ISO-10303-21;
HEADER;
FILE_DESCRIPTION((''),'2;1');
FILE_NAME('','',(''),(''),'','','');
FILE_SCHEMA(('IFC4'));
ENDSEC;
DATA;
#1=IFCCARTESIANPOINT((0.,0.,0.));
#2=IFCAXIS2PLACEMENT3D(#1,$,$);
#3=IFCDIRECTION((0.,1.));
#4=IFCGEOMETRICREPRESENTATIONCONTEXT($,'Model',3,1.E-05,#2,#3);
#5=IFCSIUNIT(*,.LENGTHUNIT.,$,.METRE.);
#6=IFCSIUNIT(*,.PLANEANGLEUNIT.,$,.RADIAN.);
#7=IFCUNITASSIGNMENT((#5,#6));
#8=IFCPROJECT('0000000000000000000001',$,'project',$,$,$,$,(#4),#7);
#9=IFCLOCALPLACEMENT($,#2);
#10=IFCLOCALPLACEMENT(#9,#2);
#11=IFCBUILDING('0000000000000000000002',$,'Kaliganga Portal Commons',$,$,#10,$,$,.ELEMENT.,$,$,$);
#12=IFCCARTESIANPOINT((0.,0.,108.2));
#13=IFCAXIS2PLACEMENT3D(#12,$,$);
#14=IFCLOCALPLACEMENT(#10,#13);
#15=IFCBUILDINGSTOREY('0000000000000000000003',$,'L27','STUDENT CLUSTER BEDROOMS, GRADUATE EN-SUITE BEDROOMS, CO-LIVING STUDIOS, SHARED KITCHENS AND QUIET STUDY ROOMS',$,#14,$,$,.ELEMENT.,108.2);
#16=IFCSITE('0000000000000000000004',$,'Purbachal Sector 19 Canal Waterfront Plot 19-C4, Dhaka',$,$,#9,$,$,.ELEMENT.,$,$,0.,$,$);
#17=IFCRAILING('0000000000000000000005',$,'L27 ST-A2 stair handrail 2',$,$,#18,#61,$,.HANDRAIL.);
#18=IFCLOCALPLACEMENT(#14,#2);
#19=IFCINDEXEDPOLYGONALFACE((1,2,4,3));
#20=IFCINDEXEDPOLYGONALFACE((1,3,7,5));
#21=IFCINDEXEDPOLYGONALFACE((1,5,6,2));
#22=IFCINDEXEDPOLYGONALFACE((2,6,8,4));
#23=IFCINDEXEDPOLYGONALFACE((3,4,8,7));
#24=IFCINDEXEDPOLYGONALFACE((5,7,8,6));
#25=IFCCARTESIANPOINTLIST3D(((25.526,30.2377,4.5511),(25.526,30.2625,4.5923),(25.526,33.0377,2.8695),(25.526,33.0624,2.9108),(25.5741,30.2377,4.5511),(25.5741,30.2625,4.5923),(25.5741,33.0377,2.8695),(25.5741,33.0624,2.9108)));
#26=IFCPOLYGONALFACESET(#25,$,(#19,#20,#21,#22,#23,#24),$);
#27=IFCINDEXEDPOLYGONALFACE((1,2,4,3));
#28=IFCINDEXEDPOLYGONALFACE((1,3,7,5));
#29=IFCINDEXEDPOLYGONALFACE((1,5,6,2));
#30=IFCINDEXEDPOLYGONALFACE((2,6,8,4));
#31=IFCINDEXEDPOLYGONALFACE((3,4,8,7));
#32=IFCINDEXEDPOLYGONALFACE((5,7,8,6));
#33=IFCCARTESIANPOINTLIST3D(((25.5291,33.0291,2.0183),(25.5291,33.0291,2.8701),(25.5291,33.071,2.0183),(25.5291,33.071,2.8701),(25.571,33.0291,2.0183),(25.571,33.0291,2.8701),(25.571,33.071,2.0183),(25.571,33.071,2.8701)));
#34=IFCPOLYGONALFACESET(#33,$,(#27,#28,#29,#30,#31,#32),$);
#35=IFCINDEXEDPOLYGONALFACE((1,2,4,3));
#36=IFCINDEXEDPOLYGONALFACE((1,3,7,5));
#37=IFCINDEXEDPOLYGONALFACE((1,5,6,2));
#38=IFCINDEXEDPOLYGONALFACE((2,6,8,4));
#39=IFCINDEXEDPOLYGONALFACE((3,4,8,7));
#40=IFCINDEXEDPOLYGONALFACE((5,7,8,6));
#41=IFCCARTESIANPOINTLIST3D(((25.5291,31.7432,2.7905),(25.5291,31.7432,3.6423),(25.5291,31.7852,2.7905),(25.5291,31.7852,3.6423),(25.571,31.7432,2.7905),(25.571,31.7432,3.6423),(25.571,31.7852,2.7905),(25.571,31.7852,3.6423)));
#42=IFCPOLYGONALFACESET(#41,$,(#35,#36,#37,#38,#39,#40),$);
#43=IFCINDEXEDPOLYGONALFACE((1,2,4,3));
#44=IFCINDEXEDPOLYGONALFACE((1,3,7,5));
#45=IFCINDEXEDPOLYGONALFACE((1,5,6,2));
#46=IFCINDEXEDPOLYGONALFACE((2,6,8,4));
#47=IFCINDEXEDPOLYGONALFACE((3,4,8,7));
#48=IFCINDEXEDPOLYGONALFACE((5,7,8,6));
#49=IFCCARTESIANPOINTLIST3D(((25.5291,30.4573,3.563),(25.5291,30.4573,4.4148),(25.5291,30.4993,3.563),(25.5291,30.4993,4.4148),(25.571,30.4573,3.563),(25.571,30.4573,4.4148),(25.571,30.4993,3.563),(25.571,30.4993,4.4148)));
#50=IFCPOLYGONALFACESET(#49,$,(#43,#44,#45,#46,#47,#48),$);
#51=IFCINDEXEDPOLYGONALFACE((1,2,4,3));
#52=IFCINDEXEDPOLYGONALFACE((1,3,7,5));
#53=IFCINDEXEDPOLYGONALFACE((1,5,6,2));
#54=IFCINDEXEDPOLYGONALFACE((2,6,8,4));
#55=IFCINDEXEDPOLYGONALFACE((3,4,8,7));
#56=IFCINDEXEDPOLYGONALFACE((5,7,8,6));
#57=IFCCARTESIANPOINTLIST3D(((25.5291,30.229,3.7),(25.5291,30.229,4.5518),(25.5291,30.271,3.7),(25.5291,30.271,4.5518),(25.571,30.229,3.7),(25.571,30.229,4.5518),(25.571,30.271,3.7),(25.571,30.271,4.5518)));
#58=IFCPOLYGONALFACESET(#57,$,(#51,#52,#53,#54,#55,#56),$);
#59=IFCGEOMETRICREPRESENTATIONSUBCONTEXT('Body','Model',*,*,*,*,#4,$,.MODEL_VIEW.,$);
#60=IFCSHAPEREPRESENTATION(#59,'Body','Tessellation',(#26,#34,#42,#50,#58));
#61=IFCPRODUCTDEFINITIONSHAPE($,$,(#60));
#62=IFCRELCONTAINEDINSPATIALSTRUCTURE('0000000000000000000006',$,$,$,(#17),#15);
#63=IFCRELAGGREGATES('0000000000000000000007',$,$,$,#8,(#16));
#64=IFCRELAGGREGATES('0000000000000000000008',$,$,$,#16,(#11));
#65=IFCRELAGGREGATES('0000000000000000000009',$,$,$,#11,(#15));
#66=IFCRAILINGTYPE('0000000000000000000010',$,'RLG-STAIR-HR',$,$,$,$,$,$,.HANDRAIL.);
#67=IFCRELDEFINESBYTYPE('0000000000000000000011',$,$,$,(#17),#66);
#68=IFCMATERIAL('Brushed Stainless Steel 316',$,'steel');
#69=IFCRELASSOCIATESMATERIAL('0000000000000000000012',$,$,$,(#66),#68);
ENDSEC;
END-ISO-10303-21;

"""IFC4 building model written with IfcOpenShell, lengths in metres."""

from ifc_helpers import new_model, si_unit, direction, frame, origin, origin_2d, place, context, subcontext, project, spatial, rectangle, extrude, material, type_object, element, save


model = new_model("IFC4")

# Units and contexts
model_context = context("Model", 3, precision=1e-05, world=origin(), true_north=direction((0.0, 1.0)))
body_context = subcontext(model_context, "Body", "Model", "MODEL_VIEW")
ifc_project = project(units=[si_unit("LENGTHUNIT", "METRE"), si_unit("PLANEANGLEUNIT", "RADIAN")], contexts=[model_context])

# Site, building, storey
site_placement = place(None, origin())
site = spatial("IfcSite", under=ifc_project, at=site_placement, Name="Purbachal Sector 19 Canal Waterfront Plot 19-C4, Dhaka", CompositionType="ELEMENT", RefElevation=0.0)
building_placement = place(site_placement, origin())
building = spatial("IfcBuilding", under=site, at=building_placement, Name="Kaliganga Portal Commons", CompositionType="ELEMENT")
storey_placement = place(building_placement, frame((0.0, 0.0, 108.2)))
storey = spatial("IfcBuildingStorey", under=building, at=storey_placement, Name="L27", Description="STUDENT CLUSTER BEDROOMS, GRADUATE EN-SUITE BEDROOMS, CO-LIVING STUDIOS, SHARED KITCHENS AND QUIET STUDY ROOMS", CompositionType="ELEMENT", Elevation=108.2)

# Railing
ifc_material_1 = material(Name="Brushed Stainless Steel 316", Category="steel")
railing_type_1 = type_object("IfcRailingType", Name="RLG-STAIR-HR", PredefinedType="HANDRAIL", material=ifc_material_1)
railing_1_placement = place(storey_placement, frame((25.55, 33.05, 2.0183)))
element("IfcRailing", 1, at=railing_1_placement, inside=storey, type_object=railing_type_1, Name="L27 ST-A2 stair handrail 2", PredefinedType="HANDRAIL", context=body_context, shape_type="SweptSolid", body=[
    extrude(rectangle(XDim=0.0481, YDim=0.0481, at=origin_2d()), frame((0.0, 0.0, 0.8718), z_axis=(0.0, -0.857275, 0.514858), x_axis=(1.0, 0.0, 0.0)), (0.0, 0.0, 1.0), 3.2661),
    extrude(rectangle(XDim=0.042, YDim=0.042, at=origin_2d()), origin(), (0.0, 0.0, 1.0), 0.8518),
    extrude(rectangle(XDim=0.042, YDim=0.042, at=origin_2d()), frame((0.0, -1.2859, 0.7722)), (0.0, 0.0, 1.0), 0.8518),
    extrude(rectangle(XDim=0.042, YDim=0.042, at=origin_2d()), frame((0.0, -2.5718, 1.5447)), (0.0, 0.0, 1.0), 0.8518),
    extrude(rectangle(XDim=0.042, YDim=0.042, at=origin_2d()), frame((0.0, -2.8, 1.6816)), (0.0, 0.0, 1.0), 0.8518),
])

save(model, "model.ifc")
